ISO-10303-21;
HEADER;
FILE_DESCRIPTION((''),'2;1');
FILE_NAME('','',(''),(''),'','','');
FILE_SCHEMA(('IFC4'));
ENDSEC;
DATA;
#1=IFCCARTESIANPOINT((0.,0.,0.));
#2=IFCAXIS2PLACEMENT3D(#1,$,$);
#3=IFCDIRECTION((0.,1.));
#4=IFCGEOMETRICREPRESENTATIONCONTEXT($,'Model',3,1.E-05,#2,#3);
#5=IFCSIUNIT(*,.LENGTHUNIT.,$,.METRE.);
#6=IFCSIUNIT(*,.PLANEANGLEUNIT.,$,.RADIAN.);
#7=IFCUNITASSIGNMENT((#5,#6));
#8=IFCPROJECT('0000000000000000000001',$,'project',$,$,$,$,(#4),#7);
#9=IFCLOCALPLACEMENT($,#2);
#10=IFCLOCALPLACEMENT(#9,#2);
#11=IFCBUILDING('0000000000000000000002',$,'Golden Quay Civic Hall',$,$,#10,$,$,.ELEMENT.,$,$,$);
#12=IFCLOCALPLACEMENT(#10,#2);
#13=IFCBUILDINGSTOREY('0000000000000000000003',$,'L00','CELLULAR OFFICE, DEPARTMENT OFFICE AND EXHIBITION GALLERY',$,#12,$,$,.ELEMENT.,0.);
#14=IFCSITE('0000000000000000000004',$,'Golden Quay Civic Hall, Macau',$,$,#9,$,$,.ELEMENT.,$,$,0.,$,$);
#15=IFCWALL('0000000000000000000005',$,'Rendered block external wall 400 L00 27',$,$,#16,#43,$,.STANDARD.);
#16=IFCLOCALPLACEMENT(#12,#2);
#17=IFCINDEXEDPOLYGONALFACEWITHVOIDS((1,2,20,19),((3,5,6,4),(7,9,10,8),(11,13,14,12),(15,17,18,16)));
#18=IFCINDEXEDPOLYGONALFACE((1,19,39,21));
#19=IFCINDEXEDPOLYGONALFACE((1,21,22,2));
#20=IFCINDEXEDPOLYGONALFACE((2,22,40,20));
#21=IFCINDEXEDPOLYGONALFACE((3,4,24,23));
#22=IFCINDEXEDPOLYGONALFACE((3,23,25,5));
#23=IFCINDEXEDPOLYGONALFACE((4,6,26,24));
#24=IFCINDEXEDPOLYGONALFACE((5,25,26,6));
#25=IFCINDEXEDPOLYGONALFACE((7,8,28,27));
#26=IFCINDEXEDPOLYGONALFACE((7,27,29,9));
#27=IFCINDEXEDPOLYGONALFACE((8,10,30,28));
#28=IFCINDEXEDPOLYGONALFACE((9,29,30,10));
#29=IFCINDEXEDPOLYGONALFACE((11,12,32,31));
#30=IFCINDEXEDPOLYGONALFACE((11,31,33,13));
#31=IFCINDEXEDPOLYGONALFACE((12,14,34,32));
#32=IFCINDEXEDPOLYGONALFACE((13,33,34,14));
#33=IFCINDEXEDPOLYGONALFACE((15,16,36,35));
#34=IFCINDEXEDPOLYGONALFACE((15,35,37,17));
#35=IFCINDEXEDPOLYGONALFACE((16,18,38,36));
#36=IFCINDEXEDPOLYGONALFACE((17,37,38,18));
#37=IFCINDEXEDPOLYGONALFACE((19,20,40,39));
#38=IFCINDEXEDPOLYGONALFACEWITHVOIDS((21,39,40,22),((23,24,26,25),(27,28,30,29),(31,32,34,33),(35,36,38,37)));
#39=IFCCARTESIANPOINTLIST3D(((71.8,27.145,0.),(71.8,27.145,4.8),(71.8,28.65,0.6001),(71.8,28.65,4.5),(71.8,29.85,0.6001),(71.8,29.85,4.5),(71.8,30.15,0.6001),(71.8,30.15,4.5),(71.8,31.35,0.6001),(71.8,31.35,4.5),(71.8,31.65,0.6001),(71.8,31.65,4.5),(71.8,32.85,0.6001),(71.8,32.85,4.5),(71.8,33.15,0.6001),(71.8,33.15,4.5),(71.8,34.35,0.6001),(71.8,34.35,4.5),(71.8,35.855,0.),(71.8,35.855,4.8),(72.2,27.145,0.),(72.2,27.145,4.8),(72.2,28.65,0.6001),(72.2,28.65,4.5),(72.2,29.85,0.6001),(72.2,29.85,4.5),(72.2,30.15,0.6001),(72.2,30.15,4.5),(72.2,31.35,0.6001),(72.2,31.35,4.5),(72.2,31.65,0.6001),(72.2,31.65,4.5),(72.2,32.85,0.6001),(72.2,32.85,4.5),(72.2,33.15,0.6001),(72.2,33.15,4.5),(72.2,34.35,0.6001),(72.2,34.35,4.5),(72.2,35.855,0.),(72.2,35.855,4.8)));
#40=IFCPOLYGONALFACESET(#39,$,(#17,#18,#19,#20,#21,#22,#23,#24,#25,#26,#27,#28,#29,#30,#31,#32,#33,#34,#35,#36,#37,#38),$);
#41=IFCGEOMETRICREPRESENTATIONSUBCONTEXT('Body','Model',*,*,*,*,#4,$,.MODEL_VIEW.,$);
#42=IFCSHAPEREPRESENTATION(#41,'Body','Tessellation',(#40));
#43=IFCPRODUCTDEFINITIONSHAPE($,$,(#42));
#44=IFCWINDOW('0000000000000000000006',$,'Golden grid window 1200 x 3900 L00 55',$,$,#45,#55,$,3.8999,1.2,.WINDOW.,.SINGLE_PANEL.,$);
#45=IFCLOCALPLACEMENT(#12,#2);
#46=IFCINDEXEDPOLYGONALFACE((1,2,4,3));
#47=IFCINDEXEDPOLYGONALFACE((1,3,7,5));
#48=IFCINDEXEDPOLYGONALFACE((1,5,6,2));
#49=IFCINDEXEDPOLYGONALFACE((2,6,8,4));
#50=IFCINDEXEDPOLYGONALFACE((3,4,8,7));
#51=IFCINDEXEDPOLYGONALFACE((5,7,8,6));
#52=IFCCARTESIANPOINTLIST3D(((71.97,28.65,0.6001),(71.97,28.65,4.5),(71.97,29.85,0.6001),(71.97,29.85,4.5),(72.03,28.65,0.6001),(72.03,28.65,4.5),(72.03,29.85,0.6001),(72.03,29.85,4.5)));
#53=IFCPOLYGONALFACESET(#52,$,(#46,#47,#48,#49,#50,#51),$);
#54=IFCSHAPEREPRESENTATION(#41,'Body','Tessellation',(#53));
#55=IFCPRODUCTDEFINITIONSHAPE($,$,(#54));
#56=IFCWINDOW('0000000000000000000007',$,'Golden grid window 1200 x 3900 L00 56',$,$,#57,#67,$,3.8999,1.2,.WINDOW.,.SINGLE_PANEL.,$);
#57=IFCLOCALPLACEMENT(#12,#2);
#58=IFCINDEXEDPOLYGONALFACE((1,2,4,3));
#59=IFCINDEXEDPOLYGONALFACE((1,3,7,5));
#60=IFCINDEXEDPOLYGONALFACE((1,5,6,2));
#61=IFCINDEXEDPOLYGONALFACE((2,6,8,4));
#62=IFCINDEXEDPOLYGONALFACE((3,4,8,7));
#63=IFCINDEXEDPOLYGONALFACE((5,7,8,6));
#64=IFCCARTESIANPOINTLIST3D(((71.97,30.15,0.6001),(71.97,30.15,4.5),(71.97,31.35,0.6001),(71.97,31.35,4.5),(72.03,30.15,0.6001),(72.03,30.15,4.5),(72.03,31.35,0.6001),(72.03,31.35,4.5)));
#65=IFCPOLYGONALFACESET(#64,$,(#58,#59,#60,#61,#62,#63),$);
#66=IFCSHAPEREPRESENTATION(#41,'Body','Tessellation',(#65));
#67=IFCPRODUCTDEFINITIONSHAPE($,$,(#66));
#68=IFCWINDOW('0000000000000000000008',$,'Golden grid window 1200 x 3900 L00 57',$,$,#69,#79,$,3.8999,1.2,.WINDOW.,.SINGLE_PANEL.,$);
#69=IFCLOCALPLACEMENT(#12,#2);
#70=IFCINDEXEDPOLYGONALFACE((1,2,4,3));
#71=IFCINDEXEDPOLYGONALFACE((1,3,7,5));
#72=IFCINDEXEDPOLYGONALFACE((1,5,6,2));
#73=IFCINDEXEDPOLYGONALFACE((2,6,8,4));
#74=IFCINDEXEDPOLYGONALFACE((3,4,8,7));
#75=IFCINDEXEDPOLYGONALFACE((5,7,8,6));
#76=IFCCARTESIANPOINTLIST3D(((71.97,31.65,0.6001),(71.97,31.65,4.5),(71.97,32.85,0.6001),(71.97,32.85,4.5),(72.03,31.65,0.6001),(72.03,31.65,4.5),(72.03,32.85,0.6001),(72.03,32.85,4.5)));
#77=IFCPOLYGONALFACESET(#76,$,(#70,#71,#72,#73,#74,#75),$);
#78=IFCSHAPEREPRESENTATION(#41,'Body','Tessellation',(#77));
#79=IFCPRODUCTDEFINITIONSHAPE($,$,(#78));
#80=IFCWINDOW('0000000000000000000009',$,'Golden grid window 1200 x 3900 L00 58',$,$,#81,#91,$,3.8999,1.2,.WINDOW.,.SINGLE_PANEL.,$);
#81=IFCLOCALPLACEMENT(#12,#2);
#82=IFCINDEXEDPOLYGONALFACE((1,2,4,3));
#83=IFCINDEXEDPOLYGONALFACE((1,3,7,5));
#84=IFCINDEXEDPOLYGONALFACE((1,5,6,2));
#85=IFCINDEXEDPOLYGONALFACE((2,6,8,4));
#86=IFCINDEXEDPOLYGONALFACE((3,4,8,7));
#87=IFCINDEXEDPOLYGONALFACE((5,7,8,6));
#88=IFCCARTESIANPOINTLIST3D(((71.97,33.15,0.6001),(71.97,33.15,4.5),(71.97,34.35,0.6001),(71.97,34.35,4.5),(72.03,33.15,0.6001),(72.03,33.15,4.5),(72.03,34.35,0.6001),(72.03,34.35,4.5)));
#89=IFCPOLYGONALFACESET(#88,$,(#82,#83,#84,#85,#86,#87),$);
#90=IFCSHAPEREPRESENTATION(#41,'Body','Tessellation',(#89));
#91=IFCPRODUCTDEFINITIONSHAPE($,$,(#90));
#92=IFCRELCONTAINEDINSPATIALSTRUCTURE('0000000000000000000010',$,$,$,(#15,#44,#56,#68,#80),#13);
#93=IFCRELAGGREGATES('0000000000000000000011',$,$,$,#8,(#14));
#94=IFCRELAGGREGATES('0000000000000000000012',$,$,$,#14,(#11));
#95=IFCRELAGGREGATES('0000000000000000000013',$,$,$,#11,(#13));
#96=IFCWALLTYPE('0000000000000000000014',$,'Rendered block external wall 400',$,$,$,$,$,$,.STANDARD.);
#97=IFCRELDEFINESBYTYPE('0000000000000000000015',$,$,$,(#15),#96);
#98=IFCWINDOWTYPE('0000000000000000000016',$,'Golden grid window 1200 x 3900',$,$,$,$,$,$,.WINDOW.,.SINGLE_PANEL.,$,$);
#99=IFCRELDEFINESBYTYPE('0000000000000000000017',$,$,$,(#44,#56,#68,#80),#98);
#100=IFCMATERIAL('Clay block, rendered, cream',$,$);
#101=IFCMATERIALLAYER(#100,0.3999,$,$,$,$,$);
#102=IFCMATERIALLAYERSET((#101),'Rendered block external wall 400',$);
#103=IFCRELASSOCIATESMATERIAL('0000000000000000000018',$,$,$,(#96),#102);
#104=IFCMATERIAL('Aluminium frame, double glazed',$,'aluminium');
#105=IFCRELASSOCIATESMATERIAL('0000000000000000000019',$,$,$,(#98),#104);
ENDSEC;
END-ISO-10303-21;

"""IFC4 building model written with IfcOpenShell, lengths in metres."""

from ifc_helpers import new_model, si_unit, direction, frame, frame_2d, origin, place, context, subcontext, project, spatial, rectangle, extrude, material, layer, layer_set, type_object, element, fill, save


model = new_model("IFC4")

# Units and contexts
model_context = context("Model", 3, precision=1e-05, world=origin(), true_north=direction((0.0, 1.0)))
body_context = subcontext(model_context, "Body", "Model", "MODEL_VIEW")
ifc_project = project(units=[si_unit("LENGTHUNIT", "METRE"), si_unit("PLANEANGLEUNIT", "RADIAN")], contexts=[model_context])

# Site, building, storey
site_placement = place(None, origin())
site = spatial("IfcSite", under=ifc_project, at=site_placement, Name="Golden Quay Civic Hall, Macau", CompositionType="ELEMENT", RefElevation=0.0)
building_placement = place(site_placement, origin())
building = spatial("IfcBuilding", under=site, at=building_placement, Name="Golden Quay Civic Hall", CompositionType="ELEMENT")
storey_placement = place(building_placement, origin())
storey = spatial("IfcBuildingStorey", under=building, at=storey_placement, Name="L00", Description="CELLULAR OFFICE, DEPARTMENT OFFICE AND EXHIBITION GALLERY", CompositionType="ELEMENT", Elevation=0.0)

# Wall, openings, windows
ifc_material_1 = material(Name="Clay block, rendered, cream")
ifc_layer_1 = layer(ifc_material_1, 0.3999)
ifc_layer_set_1 = layer_set([ifc_layer_1], Name="Rendered block external wall 400")
wall_type_1 = type_object("IfcWallType", Name="Rendered block external wall 400", PredefinedType="STANDARD", material=ifc_layer_set_1)
wall_placement = place(storey_placement, frame((72.0, 35.855, 0.0), z_axis=(0.0, 0.0, 1.0), x_axis=(0.0, -1.0, 0.0)))
wall = element("IfcWall", 1, at=wall_placement, inside=storey, type_object=wall_type_1, Name="Rendered block external wall 400 L00 27", PredefinedType="STANDARD", context=body_context, shape_type="SweptSolid", body=[
    extrude(rectangle(XDim=8.71, YDim=0.3999, at=frame_2d((4.355, 0.0))), origin(), (0.0, 0.0, 1.0), 4.8),
])
opening_1_placement = place(wall_placement, frame((6.0049, 0.0, 0.6001)))
opening_1 = element("IfcOpeningElement", 2, at=opening_1_placement, cuts=wall, PredefinedType="OPENING", context=body_context, shape_type="SweptSolid", body=[
    extrude(rectangle(XDim=1.2, YDim=3.8999, at=frame_2d((0.6001, 1.95))), frame((0.0, 0.21, 0.0), z_axis=(0.0, -1.0, 0.0), x_axis=(1.0, 0.0, 0.0)), (0.0, 0.0, 1.0), 0.4199),
])
opening_2_placement = place(wall_placement, frame((4.5049, 0.0, 0.6001)))
opening_2 = element("IfcOpeningElement", 3, at=opening_2_placement, cuts=wall, PredefinedType="OPENING", context=body_context, shape_type="SweptSolid", body=[
    extrude(rectangle(XDim=1.2, YDim=3.8999, at=frame_2d((0.6001, 1.95))), frame((0.0, 0.21, 0.0), z_axis=(0.0, -1.0, 0.0), x_axis=(1.0, 0.0, 0.0)), (0.0, 0.0, 1.0), 0.4199),
])
opening_3_placement = place(wall_placement, frame((3.0049, 0.0, 0.6001)))
opening_3 = element("IfcOpeningElement", 4, at=opening_3_placement, cuts=wall, PredefinedType="OPENING", context=body_context, shape_type="SweptSolid", body=[
    extrude(rectangle(XDim=1.2, YDim=3.8999, at=frame_2d((0.6001, 1.95))), frame((0.0, 0.21, 0.0), z_axis=(0.0, -1.0, 0.0), x_axis=(1.0, 0.0, 0.0)), (0.0, 0.0, 1.0), 0.4199),
])
opening_4_placement = place(wall_placement, frame((1.5049, 0.0, 0.6001)))
opening_4 = element("IfcOpeningElement", 5, at=opening_4_placement, cuts=wall, PredefinedType="OPENING", context=body_context, shape_type="SweptSolid", body=[
    extrude(rectangle(XDim=1.2, YDim=3.8999, at=frame_2d((0.6001, 1.95))), frame((0.0, 0.21, 0.0), z_axis=(0.0, -1.0, 0.0), x_axis=(1.0, 0.0, 0.0)), (0.0, 0.0, 1.0), 0.4199),
])
ifc_material_2 = material(Name="Aluminium frame, double glazed", Category="aluminium")
window_type = type_object("IfcWindowType", Name="Golden grid window 1200 x 3900", PartitioningType="SINGLE_PANEL", PredefinedType="WINDOW", material=ifc_material_2)
window_1_placement = place(opening_1_placement, origin())
window_1 = element("IfcWindow", 6, at=window_1_placement, inside=storey, type_object=window_type, Name="Golden grid window 1200 x 3900 L00 55", OverallHeight=3.8999, OverallWidth=1.2, PartitioningType="SINGLE_PANEL", PredefinedType="WINDOW", context=body_context, shape_type="SweptSolid", body=[
    extrude(rectangle(XDim=1.2, YDim=3.8999, at=frame_2d((0.6001, 1.95))), frame((0.0, 0.03, 0.0), z_axis=(0.0, -1.0, 0.0), x_axis=(1.0, 0.0, 0.0)), (0.0, 0.0, 1.0), 0.0601),
])
fill(opening_1, window_1)
window_2_placement = place(opening_2_placement, origin())
window_2 = element("IfcWindow", 7, at=window_2_placement, inside=storey, type_object=window_type, Name="Golden grid window 1200 x 3900 L00 56", OverallHeight=3.8999, OverallWidth=1.2, PartitioningType="SINGLE_PANEL", PredefinedType="WINDOW", context=body_context, shape_type="SweptSolid", body=[
    extrude(rectangle(XDim=1.2, YDim=3.8999, at=frame_2d((0.6001, 1.95))), frame((0.0, 0.03, 0.0), z_axis=(0.0, -1.0, 0.0), x_axis=(1.0, 0.0, 0.0)), (0.0, 0.0, 1.0), 0.0601),
])
fill(opening_2, window_2)
window_3_placement = place(opening_3_placement, origin())
window_3 = element("IfcWindow", 8, at=window_3_placement, inside=storey, type_object=window_type, Name="Golden grid window 1200 x 3900 L00 57", OverallHeight=3.8999, OverallWidth=1.2, PartitioningType="SINGLE_PANEL", PredefinedType="WINDOW", context=body_context, shape_type="SweptSolid", body=[
    extrude(rectangle(XDim=1.2, YDim=3.8999, at=frame_2d((0.6001, 1.95))), frame((0.0, 0.03, 0.0), z_axis=(0.0, -1.0, 0.0), x_axis=(1.0, 0.0, 0.0)), (0.0, 0.0, 1.0), 0.0601),
])
fill(opening_3, window_3)
window_4_placement = place(opening_4_placement, origin())
window_4 = element("IfcWindow", 9, at=window_4_placement, inside=storey, type_object=window_type, Name="Golden grid window 1200 x 3900 L00 58", OverallHeight=3.8999, OverallWidth=1.2, PartitioningType="SINGLE_PANEL", PredefinedType="WINDOW", context=body_context, shape_type="SweptSolid", body=[
    extrude(rectangle(XDim=1.2, YDim=3.8999, at=frame_2d((0.6001, 1.95))), frame((0.0, 0.03, 0.0), z_axis=(0.0, -1.0, 0.0), x_axis=(1.0, 0.0, 0.0)), (0.0, 0.0, 1.0), 0.0601),
])
fill(opening_4, window_4)

save(model, "model.ifc")
